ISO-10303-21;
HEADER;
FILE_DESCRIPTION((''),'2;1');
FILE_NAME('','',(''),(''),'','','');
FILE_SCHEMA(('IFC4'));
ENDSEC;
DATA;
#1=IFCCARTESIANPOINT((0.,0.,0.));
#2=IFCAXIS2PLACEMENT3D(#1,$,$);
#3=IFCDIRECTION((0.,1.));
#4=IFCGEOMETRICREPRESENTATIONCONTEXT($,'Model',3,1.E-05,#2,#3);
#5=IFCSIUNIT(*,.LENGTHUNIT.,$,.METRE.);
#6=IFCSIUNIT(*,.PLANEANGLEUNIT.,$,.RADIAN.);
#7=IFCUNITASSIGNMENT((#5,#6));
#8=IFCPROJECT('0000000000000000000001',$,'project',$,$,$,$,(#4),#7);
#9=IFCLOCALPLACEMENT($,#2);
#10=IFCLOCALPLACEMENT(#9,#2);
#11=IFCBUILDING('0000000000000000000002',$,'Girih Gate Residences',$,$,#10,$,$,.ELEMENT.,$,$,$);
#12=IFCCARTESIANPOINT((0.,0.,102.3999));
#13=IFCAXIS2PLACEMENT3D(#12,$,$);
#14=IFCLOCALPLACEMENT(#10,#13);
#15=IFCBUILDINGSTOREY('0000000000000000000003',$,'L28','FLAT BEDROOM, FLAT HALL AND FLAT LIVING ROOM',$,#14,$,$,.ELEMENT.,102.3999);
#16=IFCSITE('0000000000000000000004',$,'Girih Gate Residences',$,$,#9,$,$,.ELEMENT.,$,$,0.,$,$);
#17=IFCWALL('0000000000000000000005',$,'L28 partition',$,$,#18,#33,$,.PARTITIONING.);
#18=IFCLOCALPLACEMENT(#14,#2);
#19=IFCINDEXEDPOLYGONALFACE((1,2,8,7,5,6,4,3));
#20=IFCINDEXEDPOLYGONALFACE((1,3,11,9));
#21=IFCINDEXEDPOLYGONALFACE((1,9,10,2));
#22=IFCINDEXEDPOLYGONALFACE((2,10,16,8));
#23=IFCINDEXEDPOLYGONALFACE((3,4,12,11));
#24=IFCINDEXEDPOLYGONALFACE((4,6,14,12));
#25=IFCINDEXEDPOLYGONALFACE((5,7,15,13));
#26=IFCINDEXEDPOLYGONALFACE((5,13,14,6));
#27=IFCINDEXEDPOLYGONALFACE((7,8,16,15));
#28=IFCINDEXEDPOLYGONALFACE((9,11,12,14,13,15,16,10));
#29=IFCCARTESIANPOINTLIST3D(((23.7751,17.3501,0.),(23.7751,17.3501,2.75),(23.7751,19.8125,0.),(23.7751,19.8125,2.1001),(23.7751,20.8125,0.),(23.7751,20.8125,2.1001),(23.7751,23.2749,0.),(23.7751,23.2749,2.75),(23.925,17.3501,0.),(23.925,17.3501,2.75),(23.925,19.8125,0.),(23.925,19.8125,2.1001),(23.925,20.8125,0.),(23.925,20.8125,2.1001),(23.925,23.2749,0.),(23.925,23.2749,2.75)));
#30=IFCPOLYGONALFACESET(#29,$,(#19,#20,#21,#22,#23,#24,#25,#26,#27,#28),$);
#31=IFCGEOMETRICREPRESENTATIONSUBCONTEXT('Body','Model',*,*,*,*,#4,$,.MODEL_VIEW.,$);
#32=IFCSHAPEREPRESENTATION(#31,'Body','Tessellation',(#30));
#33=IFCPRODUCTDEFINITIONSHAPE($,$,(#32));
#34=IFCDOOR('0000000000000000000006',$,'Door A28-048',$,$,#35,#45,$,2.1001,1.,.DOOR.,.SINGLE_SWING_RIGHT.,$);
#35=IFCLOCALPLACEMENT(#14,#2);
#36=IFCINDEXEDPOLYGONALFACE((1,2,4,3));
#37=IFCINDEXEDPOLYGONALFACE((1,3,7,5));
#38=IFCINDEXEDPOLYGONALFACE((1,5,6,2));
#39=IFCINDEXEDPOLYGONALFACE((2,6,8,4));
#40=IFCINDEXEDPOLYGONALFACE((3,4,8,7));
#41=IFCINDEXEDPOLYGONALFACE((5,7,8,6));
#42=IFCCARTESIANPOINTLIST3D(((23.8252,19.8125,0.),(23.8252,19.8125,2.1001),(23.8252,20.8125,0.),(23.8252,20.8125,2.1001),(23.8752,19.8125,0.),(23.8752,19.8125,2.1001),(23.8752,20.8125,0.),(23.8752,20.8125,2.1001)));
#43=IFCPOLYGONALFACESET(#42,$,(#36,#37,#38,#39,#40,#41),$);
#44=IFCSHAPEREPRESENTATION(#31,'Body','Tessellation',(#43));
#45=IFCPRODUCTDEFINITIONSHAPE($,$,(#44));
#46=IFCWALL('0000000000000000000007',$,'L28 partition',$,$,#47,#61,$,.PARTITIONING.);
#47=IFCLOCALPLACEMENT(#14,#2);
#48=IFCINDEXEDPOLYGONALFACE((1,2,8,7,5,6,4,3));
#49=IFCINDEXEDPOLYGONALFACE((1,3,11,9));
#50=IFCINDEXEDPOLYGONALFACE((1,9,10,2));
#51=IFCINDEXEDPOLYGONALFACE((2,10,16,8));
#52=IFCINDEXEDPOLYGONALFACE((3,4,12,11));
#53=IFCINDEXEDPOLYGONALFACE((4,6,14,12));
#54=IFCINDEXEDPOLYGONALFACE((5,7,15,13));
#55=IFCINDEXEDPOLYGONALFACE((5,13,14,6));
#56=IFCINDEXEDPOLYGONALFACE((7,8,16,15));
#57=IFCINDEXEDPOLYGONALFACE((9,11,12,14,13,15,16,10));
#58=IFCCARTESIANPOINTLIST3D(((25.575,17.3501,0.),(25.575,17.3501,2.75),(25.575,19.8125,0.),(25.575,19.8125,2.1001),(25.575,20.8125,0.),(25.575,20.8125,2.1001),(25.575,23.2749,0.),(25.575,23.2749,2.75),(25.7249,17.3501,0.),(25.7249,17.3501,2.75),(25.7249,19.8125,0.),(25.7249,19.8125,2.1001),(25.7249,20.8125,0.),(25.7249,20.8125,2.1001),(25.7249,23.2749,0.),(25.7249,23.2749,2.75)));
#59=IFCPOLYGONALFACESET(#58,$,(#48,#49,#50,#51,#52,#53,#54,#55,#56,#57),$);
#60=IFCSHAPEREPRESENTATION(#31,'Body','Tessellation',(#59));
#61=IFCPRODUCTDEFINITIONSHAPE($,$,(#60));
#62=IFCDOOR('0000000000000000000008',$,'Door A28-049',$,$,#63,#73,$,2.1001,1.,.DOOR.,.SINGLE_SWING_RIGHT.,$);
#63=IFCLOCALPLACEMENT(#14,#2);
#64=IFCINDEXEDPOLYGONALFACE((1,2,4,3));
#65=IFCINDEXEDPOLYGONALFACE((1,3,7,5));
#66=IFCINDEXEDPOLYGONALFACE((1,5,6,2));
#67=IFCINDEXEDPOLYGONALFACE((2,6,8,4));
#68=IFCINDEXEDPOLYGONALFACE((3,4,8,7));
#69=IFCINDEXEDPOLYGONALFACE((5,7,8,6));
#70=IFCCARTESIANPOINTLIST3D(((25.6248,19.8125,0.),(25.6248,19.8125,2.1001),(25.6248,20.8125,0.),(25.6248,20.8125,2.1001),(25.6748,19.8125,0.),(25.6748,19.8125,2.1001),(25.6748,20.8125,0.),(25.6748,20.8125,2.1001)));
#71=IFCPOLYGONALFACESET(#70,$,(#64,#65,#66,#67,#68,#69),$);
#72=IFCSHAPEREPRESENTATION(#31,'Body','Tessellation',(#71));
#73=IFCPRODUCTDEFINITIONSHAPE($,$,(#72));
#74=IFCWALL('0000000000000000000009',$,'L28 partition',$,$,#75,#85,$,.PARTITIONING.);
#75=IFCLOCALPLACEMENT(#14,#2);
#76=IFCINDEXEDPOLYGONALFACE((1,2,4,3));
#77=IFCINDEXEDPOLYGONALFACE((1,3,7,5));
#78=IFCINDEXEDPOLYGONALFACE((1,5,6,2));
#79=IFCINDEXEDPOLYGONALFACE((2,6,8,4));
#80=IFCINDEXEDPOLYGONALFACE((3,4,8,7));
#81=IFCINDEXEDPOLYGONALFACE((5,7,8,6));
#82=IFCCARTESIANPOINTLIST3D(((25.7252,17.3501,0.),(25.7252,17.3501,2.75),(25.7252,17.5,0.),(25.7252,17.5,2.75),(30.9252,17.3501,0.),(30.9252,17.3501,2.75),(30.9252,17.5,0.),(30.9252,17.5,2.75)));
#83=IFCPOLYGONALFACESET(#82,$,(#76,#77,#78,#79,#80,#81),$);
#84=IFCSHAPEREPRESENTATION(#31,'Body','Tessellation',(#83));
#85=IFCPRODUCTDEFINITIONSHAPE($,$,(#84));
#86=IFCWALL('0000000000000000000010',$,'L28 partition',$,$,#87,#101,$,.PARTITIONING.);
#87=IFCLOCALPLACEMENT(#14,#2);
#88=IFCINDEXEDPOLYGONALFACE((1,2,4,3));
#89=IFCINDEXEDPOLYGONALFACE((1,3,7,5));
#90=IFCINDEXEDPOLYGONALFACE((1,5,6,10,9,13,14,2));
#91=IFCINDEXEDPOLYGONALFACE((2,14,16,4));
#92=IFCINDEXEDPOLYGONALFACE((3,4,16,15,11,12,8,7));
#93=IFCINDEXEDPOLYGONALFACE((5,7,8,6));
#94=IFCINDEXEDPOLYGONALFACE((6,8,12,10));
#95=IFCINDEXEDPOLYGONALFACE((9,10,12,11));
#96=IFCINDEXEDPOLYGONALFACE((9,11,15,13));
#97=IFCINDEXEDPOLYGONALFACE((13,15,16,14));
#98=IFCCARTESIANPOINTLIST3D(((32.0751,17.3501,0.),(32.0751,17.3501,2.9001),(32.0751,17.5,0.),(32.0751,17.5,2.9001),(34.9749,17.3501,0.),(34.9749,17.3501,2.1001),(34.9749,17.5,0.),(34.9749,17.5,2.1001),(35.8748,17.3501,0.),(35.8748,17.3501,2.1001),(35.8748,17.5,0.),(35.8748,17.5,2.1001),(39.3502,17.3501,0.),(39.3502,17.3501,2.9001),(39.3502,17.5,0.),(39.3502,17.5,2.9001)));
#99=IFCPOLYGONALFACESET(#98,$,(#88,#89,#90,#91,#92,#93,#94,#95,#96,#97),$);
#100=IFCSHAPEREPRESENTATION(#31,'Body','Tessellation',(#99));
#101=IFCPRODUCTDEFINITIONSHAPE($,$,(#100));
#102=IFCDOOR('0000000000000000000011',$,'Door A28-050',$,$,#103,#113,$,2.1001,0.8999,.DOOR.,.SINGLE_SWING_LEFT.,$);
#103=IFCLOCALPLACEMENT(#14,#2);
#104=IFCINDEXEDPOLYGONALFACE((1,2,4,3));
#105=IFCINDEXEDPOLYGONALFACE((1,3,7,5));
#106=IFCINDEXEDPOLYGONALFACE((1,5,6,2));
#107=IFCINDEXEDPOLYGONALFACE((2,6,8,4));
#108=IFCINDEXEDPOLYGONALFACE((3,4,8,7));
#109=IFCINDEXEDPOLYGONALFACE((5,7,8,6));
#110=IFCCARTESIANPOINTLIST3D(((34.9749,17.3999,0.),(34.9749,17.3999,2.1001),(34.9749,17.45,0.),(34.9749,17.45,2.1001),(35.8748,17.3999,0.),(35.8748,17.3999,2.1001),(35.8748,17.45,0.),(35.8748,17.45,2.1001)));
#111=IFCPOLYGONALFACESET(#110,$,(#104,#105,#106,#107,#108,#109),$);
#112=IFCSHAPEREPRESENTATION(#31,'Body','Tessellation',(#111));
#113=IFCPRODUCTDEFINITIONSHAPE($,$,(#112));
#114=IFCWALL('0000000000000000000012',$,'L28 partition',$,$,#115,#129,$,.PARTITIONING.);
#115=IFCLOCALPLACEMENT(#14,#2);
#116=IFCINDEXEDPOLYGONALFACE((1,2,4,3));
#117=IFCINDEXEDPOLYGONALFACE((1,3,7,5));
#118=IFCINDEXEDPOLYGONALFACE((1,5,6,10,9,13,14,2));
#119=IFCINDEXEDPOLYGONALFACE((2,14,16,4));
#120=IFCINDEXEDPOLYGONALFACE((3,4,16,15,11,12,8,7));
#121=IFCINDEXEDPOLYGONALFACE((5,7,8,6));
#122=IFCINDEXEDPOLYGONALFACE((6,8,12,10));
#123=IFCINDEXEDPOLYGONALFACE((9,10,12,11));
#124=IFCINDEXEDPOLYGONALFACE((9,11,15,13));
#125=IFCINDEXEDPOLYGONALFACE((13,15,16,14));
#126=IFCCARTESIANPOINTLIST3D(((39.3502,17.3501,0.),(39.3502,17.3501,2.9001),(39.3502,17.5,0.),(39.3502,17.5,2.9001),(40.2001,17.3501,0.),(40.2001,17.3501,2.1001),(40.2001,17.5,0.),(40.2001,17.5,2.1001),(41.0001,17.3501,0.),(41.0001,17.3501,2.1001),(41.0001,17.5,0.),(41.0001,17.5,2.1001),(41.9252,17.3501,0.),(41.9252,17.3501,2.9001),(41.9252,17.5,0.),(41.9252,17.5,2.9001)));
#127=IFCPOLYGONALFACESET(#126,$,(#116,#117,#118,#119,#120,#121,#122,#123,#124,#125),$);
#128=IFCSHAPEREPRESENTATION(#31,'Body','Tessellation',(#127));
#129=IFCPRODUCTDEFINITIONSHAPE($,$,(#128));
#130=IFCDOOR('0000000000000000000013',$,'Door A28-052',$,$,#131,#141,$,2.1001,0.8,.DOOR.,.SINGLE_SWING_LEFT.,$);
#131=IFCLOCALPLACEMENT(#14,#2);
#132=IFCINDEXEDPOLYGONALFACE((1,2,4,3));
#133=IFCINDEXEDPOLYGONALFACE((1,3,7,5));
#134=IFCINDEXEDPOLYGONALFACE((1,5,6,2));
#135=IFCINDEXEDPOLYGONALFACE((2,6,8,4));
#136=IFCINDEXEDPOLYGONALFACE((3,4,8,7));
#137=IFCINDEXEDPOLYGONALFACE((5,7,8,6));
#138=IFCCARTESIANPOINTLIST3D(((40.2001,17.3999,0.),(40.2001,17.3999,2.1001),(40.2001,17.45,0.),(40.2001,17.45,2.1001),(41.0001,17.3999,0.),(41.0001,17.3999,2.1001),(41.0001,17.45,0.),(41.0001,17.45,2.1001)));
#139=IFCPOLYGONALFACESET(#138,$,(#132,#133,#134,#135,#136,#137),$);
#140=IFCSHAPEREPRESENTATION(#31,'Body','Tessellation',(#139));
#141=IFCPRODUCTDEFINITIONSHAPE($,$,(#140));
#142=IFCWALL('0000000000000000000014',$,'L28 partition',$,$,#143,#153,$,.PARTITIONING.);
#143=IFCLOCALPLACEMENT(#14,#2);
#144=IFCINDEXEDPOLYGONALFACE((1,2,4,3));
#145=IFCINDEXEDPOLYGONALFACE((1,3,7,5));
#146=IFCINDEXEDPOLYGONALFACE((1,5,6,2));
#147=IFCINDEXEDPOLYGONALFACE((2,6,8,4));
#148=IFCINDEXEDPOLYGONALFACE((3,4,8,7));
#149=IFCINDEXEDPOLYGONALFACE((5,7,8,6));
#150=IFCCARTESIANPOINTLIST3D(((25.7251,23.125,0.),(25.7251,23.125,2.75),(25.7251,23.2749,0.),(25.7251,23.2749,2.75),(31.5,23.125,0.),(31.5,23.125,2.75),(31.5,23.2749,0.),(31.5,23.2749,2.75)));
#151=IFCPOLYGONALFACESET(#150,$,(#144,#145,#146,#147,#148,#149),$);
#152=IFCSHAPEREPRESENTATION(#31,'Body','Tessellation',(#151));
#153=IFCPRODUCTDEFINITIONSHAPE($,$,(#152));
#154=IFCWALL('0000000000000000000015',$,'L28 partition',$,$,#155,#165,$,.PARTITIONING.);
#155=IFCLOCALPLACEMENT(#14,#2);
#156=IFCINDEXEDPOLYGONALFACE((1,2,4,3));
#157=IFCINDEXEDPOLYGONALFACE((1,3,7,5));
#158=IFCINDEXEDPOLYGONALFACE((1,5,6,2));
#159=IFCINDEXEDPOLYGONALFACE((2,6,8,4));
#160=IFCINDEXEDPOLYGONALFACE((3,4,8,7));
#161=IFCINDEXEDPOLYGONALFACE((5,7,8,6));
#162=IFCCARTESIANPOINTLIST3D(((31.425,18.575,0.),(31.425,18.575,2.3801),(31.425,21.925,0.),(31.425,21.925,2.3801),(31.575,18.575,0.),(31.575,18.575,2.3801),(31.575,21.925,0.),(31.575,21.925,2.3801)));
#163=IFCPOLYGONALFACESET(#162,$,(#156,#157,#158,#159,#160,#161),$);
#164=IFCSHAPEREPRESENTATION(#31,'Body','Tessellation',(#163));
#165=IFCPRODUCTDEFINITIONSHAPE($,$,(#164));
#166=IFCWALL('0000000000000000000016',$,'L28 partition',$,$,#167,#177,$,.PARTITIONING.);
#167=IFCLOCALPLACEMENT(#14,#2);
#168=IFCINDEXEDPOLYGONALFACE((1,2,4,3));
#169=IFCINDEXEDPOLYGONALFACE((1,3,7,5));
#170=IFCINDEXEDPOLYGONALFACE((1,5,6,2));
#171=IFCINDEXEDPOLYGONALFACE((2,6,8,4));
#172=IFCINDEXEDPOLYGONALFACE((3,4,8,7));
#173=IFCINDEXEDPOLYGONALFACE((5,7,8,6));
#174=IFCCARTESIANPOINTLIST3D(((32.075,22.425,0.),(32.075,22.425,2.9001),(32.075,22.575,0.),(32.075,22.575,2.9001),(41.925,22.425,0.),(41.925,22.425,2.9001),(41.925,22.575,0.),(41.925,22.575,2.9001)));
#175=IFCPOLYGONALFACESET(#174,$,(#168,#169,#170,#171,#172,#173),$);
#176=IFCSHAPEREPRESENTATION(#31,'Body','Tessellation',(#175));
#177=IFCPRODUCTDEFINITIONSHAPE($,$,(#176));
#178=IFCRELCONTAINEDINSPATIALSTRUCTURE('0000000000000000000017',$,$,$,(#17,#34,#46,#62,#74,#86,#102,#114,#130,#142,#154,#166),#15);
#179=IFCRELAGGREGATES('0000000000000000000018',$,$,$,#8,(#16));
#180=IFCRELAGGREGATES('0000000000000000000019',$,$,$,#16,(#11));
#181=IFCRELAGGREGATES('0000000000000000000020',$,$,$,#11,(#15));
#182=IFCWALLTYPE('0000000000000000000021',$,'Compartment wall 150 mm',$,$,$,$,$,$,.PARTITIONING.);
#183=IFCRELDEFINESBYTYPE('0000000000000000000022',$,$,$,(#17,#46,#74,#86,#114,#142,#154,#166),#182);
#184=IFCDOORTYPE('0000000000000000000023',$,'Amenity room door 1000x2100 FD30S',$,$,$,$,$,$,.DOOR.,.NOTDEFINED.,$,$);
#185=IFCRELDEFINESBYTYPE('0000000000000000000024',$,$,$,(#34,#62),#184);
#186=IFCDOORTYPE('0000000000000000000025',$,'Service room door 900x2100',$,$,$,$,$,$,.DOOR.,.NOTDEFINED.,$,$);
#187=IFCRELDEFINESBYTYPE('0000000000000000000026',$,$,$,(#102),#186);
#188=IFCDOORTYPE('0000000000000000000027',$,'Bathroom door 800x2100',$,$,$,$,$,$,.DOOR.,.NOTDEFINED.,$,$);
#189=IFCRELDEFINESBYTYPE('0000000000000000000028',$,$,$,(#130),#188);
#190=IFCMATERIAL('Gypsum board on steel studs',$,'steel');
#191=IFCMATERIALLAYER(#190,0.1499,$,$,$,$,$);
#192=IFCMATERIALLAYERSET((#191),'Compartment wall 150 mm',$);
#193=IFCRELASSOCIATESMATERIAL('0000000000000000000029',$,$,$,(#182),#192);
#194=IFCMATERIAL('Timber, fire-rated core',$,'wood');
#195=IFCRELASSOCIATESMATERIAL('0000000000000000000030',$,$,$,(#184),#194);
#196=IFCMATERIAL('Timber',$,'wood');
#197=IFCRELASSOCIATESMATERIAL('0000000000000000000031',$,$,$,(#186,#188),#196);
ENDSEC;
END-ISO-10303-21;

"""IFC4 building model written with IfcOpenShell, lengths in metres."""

from ifc_helpers import new_model, si_unit, direction, frame, frame_2d, origin, place, context, subcontext, project, spatial, rectangle, extrude, material, layer, layer_set, type_object, element, fill, save


model = new_model("IFC4")

# Units and contexts
model_context = context("Model", 3, precision=1e-05, world=origin(), true_north=direction((0.0, 1.0)))
body_context = subcontext(model_context, "Body", "Model", "MODEL_VIEW")
ifc_project = project(units=[si_unit("LENGTHUNIT", "METRE"), si_unit("PLANEANGLEUNIT", "RADIAN")], contexts=[model_context])

# Site, building, storey
site_placement = place(None, origin())
site = spatial("IfcSite", under=ifc_project, at=site_placement, Name="Girih Gate Residences", CompositionType="ELEMENT", RefElevation=0.0)
building_placement = place(site_placement, origin())
building = spatial("IfcBuilding", under=site, at=building_placement, Name="Girih Gate Residences", CompositionType="ELEMENT")
storey_placement = place(building_placement, frame((0.0, 0.0, 102.3999)))
storey = spatial("IfcBuildingStorey", under=building, at=storey_placement, Name="L28", Description="FLAT BEDROOM, FLAT HALL AND FLAT LIVING ROOM", CompositionType="ELEMENT", Elevation=102.3999)

# Shared definitions
ifc_material_1 = material(Name="Gypsum board on steel studs", Category="steel")
ifc_layer_1 = layer(ifc_material_1, 0.1499)
ifc_layer_set_1 = layer_set([ifc_layer_1], Name="Compartment wall 150 mm")
wall_type_1 = type_object("IfcWallType", Name="Compartment wall 150 mm", PredefinedType="PARTITIONING", material=ifc_layer_set_1)

# Walls, openings, doors
ifc_material_2 = material(Name="Timber, fire-rated core", Category="wood")
door_type_1 = type_object("IfcDoorType", Name="Amenity room door 1000x2100 FD30S", OperationType="NOTDEFINED", PredefinedType="DOOR", material=ifc_material_2)
wall_1_placement = place(storey_placement, frame((23.8501, 17.3501, 0.0), z_axis=(0.0, 0.0, 1.0), x_axis=(0.0, 1.0, 0.0)))
wall_1 = element("IfcWall", 1, at=wall_1_placement, inside=storey, type_object=wall_type_1, Name="L28 partition", PredefinedType="PARTITIONING", context=body_context, shape_type="SweptSolid", body=[
    extrude(rectangle(XDim=5.9248, YDim=0.1499, at=frame_2d((2.9624, 0.0))), origin(), (0.0, 0.0, 1.0), 2.75),
])
opening_1_placement = place(wall_1_placement, frame((2.4624, 0.0, 0.0)))
opening_1 = element("IfcOpeningElement", 2, at=opening_1_placement, cuts=wall_1, PredefinedType="OPENING", context=body_context, shape_type="SweptSolid", body=[
    extrude(rectangle(XDim=1.0, YDim=2.1001, at=frame_2d((0.5, 1.05))), frame((0.0, 0.085, 0.0), z_axis=(0.0, -1.0, 0.0), x_axis=(1.0, 0.0, 0.0)), (0.0, 0.0, 1.0), 0.1699),
])
door_1_placement = place(opening_1_placement, origin())
door_1 = element("IfcDoor", 3, at=door_1_placement, inside=storey, type_object=door_type_1, Name="Door A28-048", OperationType="SINGLE_SWING_RIGHT", OverallHeight=2.1001, OverallWidth=1.0, PredefinedType="DOOR", context=body_context, shape_type="SweptSolid", body=[
    extrude(rectangle(XDim=1.0, YDim=2.1001, at=frame_2d((0.5, 1.05))), frame((0.0, 0.0249, 0.0), z_axis=(0.0, -1.0, 0.0), x_axis=(1.0, 0.0, 0.0)), (0.0, 0.0, 1.0), 0.05),
])
fill(opening_1, door_1)
wall_2_placement = place(storey_placement, frame((25.6499, 23.2749, 0.0), z_axis=(0.0, 0.0, 1.0), x_axis=(0.0, -1.0, 0.0)))
wall_2 = element("IfcWall", 4, at=wall_2_placement, inside=storey, type_object=wall_type_1, Name="L28 partition", PredefinedType="PARTITIONING", context=body_context, shape_type="SweptSolid", body=[
    extrude(rectangle(XDim=5.9248, YDim=0.1499, at=frame_2d((2.9624, 0.0))), origin(), (0.0, 0.0, 1.0), 2.75),
])
opening_2_placement = place(wall_2_placement, frame((2.4624, 0.0, 0.0)))
opening_2 = element("IfcOpeningElement", 5, at=opening_2_placement, cuts=wall_2, PredefinedType="OPENING", context=body_context, shape_type="SweptSolid", body=[
    extrude(rectangle(XDim=1.0, YDim=2.1001, at=frame_2d((0.5, 1.05))), frame((0.0, 0.085, 0.0), z_axis=(0.0, -1.0, 0.0), x_axis=(1.0, 0.0, 0.0)), (0.0, 0.0, 1.0), 0.1699),
])
door_2_placement = place(opening_2_placement, origin())
door_2 = element("IfcDoor", 6, at=door_2_placement, inside=storey, type_object=door_type_1, Name="Door A28-049", OperationType="SINGLE_SWING_RIGHT", OverallHeight=2.1001, OverallWidth=1.0, PredefinedType="DOOR", context=body_context, shape_type="SweptSolid", body=[
    extrude(rectangle(XDim=1.0, YDim=2.1001, at=frame_2d((0.5, 1.05))), frame((0.0, 0.0249, 0.0), z_axis=(0.0, -1.0, 0.0), x_axis=(1.0, 0.0, 0.0)), (0.0, 0.0, 1.0), 0.05),
])
fill(opening_2, door_2)

# Wall
wall_3_placement = place(storey_placement, frame((25.7251, 17.425, 0.0), z_axis=(0.0, 0.0, 1.0), x_axis=(1.0, 0.0, 0.0)))
element("IfcWall", 7, at=wall_3_placement, inside=storey, type_object=wall_type_1, Name="L28 partition", PredefinedType="PARTITIONING", context=body_context, shape_type="SweptSolid", body=[
    extrude(rectangle(XDim=5.2, YDim=0.1499, at=frame_2d((2.6001, 0.0))), origin(), (0.0, 0.0, 1.0), 2.75),
])

# Walls, openings, doors
wall_4_placement = place(storey_placement, frame((32.075, 17.425, 0.0), z_axis=(0.0, 0.0, 1.0), x_axis=(1.0, 0.0, 0.0)))
wall_4 = element("IfcWall", 8, at=wall_4_placement, inside=storey, type_object=wall_type_1, Name="L28 partition", PredefinedType="PARTITIONING", context=body_context, shape_type="SweptSolid", body=[
    extrude(rectangle(XDim=7.2751, YDim=0.1499, at=frame_2d((3.6377, 0.0))), origin(), (0.0, 0.0, 1.0), 2.9001),
])
opening_3_placement = place(wall_4_placement, frame((2.8999, 0.0, 0.0)))
opening_3 = element("IfcOpeningElement", 9, at=opening_3_placement, cuts=wall_4, PredefinedType="OPENING", context=body_context, shape_type="SweptSolid", body=[
    extrude(rectangle(XDim=0.8999, YDim=2.1001, at=frame_2d((0.45, 1.05))), frame((0.0, 0.085, 0.0), z_axis=(0.0, -1.0, 0.0), x_axis=(1.0, 0.0, 0.0)), (0.0, 0.0, 1.0), 0.1699),
])
ifc_material_3 = material(Name="Timber", Category="wood")
door_type_2 = type_object("IfcDoorType", Name="Service room door 900x2100", OperationType="NOTDEFINED", PredefinedType="DOOR", material=ifc_material_3)
door_3_placement = place(opening_3_placement, origin())
door_3 = element("IfcDoor", 10, at=door_3_placement, inside=storey, type_object=door_type_2, Name="Door A28-050", OperationType="SINGLE_SWING_LEFT", OverallHeight=2.1001, OverallWidth=0.8999, PredefinedType="DOOR", context=body_context, shape_type="SweptSolid", body=[
    extrude(rectangle(XDim=0.8999, YDim=2.1001, at=frame_2d((0.45, 1.05))), frame((0.0, 0.0249, 0.0), z_axis=(0.0, -1.0, 0.0), x_axis=(1.0, 0.0, 0.0)), (0.0, 0.0, 1.0), 0.05),
])
fill(opening_3, door_3)
wall_5_placement = place(storey_placement, frame((39.3501, 17.425, 0.0), z_axis=(0.0, 0.0, 1.0), x_axis=(1.0, 0.0, 0.0)))
wall_5 = element("IfcWall", 11, at=wall_5_placement, inside=storey, type_object=wall_type_1, Name="L28 partition", PredefinedType="PARTITIONING", context=body_context, shape_type="SweptSolid", body=[
    extrude(rectangle(XDim=2.575, YDim=0.1499, at=frame_2d((1.2876, 0.0))), origin(), (0.0, 0.0, 1.0), 2.9001),
])
opening_4_placement = place(wall_5_placement, frame((0.8501, 0.0, 0.0)))
opening_4 = element("IfcOpeningElement", 12, at=opening_4_placement, cuts=wall_5, PredefinedType="OPENING", context=body_context, shape_type="SweptSolid", body=[
    extrude(rectangle(XDim=0.8, YDim=2.1001, at=frame_2d((0.3999, 1.05))), frame((0.0, 0.085, 0.0), z_axis=(0.0, -1.0, 0.0), x_axis=(1.0, 0.0, 0.0)), (0.0, 0.0, 1.0), 0.1699),
])
door_type_3 = type_object("IfcDoorType", Name="Bathroom door 800x2100", OperationType="NOTDEFINED", PredefinedType="DOOR", material=ifc_material_3)
door_4_placement = place(opening_4_placement, origin())
door_4 = element("IfcDoor", 13, at=door_4_placement, inside=storey, type_object=door_type_3, Name="Door A28-052", OperationType="SINGLE_SWING_LEFT", OverallHeight=2.1001, OverallWidth=0.8, PredefinedType="DOOR", context=body_context, shape_type="SweptSolid", body=[
    extrude(rectangle(XDim=0.8, YDim=2.1001, at=frame_2d((0.3999, 1.05))), frame((0.0, 0.0249, 0.0), z_axis=(0.0, -1.0, 0.0), x_axis=(1.0, 0.0, 0.0)), (0.0, 0.0, 1.0), 0.05),
])
fill(opening_4, door_4)

# Walls
wall_6_placement = place(storey_placement, frame((25.7251, 23.2, 0.0), z_axis=(0.0, 0.0, 1.0), x_axis=(1.0, 0.0, 0.0)))
element("IfcWall", 14, at=wall_6_placement, inside=storey, type_object=wall_type_1, Name="L28 partition", PredefinedType="PARTITIONING", context=body_context, shape_type="SweptSolid", body=[
    extrude(rectangle(XDim=5.7749, YDim=0.1499, at=frame_2d((2.8875, 0.0))), origin(), (0.0, 0.0, 1.0), 2.75),
])
wall_7_placement = place(storey_placement, frame((31.5, 18.575, 0.0), z_axis=(0.0, 0.0, 1.0), x_axis=(0.0, 1.0, 0.0)))
element("IfcWall", 15, at=wall_7_placement, inside=storey, type_object=wall_type_1, Name="L28 partition", PredefinedType="PARTITIONING", context=body_context, shape_type="SweptSolid", body=[
    extrude(rectangle(XDim=3.3501, YDim=0.1499, at=frame_2d((1.675, 0.0))), origin(), (0.0, 0.0, 1.0), 2.3801),
])
wall_8_placement = place(storey_placement, frame((32.075, 22.5, 0.0), z_axis=(0.0, 0.0, 1.0), x_axis=(1.0, 0.0, 0.0)))
element("IfcWall", 16, at=wall_8_placement, inside=storey, type_object=wall_type_1, Name="L28 partition", PredefinedType="PARTITIONING", context=body_context, shape_type="SweptSolid", body=[
    extrude(rectangle(XDim=9.8501, YDim=0.1499, at=frame_2d((4.925, 0.0))), origin(), (0.0, 0.0, 1.0), 2.9001),
])

save(model, "model.ifc")
